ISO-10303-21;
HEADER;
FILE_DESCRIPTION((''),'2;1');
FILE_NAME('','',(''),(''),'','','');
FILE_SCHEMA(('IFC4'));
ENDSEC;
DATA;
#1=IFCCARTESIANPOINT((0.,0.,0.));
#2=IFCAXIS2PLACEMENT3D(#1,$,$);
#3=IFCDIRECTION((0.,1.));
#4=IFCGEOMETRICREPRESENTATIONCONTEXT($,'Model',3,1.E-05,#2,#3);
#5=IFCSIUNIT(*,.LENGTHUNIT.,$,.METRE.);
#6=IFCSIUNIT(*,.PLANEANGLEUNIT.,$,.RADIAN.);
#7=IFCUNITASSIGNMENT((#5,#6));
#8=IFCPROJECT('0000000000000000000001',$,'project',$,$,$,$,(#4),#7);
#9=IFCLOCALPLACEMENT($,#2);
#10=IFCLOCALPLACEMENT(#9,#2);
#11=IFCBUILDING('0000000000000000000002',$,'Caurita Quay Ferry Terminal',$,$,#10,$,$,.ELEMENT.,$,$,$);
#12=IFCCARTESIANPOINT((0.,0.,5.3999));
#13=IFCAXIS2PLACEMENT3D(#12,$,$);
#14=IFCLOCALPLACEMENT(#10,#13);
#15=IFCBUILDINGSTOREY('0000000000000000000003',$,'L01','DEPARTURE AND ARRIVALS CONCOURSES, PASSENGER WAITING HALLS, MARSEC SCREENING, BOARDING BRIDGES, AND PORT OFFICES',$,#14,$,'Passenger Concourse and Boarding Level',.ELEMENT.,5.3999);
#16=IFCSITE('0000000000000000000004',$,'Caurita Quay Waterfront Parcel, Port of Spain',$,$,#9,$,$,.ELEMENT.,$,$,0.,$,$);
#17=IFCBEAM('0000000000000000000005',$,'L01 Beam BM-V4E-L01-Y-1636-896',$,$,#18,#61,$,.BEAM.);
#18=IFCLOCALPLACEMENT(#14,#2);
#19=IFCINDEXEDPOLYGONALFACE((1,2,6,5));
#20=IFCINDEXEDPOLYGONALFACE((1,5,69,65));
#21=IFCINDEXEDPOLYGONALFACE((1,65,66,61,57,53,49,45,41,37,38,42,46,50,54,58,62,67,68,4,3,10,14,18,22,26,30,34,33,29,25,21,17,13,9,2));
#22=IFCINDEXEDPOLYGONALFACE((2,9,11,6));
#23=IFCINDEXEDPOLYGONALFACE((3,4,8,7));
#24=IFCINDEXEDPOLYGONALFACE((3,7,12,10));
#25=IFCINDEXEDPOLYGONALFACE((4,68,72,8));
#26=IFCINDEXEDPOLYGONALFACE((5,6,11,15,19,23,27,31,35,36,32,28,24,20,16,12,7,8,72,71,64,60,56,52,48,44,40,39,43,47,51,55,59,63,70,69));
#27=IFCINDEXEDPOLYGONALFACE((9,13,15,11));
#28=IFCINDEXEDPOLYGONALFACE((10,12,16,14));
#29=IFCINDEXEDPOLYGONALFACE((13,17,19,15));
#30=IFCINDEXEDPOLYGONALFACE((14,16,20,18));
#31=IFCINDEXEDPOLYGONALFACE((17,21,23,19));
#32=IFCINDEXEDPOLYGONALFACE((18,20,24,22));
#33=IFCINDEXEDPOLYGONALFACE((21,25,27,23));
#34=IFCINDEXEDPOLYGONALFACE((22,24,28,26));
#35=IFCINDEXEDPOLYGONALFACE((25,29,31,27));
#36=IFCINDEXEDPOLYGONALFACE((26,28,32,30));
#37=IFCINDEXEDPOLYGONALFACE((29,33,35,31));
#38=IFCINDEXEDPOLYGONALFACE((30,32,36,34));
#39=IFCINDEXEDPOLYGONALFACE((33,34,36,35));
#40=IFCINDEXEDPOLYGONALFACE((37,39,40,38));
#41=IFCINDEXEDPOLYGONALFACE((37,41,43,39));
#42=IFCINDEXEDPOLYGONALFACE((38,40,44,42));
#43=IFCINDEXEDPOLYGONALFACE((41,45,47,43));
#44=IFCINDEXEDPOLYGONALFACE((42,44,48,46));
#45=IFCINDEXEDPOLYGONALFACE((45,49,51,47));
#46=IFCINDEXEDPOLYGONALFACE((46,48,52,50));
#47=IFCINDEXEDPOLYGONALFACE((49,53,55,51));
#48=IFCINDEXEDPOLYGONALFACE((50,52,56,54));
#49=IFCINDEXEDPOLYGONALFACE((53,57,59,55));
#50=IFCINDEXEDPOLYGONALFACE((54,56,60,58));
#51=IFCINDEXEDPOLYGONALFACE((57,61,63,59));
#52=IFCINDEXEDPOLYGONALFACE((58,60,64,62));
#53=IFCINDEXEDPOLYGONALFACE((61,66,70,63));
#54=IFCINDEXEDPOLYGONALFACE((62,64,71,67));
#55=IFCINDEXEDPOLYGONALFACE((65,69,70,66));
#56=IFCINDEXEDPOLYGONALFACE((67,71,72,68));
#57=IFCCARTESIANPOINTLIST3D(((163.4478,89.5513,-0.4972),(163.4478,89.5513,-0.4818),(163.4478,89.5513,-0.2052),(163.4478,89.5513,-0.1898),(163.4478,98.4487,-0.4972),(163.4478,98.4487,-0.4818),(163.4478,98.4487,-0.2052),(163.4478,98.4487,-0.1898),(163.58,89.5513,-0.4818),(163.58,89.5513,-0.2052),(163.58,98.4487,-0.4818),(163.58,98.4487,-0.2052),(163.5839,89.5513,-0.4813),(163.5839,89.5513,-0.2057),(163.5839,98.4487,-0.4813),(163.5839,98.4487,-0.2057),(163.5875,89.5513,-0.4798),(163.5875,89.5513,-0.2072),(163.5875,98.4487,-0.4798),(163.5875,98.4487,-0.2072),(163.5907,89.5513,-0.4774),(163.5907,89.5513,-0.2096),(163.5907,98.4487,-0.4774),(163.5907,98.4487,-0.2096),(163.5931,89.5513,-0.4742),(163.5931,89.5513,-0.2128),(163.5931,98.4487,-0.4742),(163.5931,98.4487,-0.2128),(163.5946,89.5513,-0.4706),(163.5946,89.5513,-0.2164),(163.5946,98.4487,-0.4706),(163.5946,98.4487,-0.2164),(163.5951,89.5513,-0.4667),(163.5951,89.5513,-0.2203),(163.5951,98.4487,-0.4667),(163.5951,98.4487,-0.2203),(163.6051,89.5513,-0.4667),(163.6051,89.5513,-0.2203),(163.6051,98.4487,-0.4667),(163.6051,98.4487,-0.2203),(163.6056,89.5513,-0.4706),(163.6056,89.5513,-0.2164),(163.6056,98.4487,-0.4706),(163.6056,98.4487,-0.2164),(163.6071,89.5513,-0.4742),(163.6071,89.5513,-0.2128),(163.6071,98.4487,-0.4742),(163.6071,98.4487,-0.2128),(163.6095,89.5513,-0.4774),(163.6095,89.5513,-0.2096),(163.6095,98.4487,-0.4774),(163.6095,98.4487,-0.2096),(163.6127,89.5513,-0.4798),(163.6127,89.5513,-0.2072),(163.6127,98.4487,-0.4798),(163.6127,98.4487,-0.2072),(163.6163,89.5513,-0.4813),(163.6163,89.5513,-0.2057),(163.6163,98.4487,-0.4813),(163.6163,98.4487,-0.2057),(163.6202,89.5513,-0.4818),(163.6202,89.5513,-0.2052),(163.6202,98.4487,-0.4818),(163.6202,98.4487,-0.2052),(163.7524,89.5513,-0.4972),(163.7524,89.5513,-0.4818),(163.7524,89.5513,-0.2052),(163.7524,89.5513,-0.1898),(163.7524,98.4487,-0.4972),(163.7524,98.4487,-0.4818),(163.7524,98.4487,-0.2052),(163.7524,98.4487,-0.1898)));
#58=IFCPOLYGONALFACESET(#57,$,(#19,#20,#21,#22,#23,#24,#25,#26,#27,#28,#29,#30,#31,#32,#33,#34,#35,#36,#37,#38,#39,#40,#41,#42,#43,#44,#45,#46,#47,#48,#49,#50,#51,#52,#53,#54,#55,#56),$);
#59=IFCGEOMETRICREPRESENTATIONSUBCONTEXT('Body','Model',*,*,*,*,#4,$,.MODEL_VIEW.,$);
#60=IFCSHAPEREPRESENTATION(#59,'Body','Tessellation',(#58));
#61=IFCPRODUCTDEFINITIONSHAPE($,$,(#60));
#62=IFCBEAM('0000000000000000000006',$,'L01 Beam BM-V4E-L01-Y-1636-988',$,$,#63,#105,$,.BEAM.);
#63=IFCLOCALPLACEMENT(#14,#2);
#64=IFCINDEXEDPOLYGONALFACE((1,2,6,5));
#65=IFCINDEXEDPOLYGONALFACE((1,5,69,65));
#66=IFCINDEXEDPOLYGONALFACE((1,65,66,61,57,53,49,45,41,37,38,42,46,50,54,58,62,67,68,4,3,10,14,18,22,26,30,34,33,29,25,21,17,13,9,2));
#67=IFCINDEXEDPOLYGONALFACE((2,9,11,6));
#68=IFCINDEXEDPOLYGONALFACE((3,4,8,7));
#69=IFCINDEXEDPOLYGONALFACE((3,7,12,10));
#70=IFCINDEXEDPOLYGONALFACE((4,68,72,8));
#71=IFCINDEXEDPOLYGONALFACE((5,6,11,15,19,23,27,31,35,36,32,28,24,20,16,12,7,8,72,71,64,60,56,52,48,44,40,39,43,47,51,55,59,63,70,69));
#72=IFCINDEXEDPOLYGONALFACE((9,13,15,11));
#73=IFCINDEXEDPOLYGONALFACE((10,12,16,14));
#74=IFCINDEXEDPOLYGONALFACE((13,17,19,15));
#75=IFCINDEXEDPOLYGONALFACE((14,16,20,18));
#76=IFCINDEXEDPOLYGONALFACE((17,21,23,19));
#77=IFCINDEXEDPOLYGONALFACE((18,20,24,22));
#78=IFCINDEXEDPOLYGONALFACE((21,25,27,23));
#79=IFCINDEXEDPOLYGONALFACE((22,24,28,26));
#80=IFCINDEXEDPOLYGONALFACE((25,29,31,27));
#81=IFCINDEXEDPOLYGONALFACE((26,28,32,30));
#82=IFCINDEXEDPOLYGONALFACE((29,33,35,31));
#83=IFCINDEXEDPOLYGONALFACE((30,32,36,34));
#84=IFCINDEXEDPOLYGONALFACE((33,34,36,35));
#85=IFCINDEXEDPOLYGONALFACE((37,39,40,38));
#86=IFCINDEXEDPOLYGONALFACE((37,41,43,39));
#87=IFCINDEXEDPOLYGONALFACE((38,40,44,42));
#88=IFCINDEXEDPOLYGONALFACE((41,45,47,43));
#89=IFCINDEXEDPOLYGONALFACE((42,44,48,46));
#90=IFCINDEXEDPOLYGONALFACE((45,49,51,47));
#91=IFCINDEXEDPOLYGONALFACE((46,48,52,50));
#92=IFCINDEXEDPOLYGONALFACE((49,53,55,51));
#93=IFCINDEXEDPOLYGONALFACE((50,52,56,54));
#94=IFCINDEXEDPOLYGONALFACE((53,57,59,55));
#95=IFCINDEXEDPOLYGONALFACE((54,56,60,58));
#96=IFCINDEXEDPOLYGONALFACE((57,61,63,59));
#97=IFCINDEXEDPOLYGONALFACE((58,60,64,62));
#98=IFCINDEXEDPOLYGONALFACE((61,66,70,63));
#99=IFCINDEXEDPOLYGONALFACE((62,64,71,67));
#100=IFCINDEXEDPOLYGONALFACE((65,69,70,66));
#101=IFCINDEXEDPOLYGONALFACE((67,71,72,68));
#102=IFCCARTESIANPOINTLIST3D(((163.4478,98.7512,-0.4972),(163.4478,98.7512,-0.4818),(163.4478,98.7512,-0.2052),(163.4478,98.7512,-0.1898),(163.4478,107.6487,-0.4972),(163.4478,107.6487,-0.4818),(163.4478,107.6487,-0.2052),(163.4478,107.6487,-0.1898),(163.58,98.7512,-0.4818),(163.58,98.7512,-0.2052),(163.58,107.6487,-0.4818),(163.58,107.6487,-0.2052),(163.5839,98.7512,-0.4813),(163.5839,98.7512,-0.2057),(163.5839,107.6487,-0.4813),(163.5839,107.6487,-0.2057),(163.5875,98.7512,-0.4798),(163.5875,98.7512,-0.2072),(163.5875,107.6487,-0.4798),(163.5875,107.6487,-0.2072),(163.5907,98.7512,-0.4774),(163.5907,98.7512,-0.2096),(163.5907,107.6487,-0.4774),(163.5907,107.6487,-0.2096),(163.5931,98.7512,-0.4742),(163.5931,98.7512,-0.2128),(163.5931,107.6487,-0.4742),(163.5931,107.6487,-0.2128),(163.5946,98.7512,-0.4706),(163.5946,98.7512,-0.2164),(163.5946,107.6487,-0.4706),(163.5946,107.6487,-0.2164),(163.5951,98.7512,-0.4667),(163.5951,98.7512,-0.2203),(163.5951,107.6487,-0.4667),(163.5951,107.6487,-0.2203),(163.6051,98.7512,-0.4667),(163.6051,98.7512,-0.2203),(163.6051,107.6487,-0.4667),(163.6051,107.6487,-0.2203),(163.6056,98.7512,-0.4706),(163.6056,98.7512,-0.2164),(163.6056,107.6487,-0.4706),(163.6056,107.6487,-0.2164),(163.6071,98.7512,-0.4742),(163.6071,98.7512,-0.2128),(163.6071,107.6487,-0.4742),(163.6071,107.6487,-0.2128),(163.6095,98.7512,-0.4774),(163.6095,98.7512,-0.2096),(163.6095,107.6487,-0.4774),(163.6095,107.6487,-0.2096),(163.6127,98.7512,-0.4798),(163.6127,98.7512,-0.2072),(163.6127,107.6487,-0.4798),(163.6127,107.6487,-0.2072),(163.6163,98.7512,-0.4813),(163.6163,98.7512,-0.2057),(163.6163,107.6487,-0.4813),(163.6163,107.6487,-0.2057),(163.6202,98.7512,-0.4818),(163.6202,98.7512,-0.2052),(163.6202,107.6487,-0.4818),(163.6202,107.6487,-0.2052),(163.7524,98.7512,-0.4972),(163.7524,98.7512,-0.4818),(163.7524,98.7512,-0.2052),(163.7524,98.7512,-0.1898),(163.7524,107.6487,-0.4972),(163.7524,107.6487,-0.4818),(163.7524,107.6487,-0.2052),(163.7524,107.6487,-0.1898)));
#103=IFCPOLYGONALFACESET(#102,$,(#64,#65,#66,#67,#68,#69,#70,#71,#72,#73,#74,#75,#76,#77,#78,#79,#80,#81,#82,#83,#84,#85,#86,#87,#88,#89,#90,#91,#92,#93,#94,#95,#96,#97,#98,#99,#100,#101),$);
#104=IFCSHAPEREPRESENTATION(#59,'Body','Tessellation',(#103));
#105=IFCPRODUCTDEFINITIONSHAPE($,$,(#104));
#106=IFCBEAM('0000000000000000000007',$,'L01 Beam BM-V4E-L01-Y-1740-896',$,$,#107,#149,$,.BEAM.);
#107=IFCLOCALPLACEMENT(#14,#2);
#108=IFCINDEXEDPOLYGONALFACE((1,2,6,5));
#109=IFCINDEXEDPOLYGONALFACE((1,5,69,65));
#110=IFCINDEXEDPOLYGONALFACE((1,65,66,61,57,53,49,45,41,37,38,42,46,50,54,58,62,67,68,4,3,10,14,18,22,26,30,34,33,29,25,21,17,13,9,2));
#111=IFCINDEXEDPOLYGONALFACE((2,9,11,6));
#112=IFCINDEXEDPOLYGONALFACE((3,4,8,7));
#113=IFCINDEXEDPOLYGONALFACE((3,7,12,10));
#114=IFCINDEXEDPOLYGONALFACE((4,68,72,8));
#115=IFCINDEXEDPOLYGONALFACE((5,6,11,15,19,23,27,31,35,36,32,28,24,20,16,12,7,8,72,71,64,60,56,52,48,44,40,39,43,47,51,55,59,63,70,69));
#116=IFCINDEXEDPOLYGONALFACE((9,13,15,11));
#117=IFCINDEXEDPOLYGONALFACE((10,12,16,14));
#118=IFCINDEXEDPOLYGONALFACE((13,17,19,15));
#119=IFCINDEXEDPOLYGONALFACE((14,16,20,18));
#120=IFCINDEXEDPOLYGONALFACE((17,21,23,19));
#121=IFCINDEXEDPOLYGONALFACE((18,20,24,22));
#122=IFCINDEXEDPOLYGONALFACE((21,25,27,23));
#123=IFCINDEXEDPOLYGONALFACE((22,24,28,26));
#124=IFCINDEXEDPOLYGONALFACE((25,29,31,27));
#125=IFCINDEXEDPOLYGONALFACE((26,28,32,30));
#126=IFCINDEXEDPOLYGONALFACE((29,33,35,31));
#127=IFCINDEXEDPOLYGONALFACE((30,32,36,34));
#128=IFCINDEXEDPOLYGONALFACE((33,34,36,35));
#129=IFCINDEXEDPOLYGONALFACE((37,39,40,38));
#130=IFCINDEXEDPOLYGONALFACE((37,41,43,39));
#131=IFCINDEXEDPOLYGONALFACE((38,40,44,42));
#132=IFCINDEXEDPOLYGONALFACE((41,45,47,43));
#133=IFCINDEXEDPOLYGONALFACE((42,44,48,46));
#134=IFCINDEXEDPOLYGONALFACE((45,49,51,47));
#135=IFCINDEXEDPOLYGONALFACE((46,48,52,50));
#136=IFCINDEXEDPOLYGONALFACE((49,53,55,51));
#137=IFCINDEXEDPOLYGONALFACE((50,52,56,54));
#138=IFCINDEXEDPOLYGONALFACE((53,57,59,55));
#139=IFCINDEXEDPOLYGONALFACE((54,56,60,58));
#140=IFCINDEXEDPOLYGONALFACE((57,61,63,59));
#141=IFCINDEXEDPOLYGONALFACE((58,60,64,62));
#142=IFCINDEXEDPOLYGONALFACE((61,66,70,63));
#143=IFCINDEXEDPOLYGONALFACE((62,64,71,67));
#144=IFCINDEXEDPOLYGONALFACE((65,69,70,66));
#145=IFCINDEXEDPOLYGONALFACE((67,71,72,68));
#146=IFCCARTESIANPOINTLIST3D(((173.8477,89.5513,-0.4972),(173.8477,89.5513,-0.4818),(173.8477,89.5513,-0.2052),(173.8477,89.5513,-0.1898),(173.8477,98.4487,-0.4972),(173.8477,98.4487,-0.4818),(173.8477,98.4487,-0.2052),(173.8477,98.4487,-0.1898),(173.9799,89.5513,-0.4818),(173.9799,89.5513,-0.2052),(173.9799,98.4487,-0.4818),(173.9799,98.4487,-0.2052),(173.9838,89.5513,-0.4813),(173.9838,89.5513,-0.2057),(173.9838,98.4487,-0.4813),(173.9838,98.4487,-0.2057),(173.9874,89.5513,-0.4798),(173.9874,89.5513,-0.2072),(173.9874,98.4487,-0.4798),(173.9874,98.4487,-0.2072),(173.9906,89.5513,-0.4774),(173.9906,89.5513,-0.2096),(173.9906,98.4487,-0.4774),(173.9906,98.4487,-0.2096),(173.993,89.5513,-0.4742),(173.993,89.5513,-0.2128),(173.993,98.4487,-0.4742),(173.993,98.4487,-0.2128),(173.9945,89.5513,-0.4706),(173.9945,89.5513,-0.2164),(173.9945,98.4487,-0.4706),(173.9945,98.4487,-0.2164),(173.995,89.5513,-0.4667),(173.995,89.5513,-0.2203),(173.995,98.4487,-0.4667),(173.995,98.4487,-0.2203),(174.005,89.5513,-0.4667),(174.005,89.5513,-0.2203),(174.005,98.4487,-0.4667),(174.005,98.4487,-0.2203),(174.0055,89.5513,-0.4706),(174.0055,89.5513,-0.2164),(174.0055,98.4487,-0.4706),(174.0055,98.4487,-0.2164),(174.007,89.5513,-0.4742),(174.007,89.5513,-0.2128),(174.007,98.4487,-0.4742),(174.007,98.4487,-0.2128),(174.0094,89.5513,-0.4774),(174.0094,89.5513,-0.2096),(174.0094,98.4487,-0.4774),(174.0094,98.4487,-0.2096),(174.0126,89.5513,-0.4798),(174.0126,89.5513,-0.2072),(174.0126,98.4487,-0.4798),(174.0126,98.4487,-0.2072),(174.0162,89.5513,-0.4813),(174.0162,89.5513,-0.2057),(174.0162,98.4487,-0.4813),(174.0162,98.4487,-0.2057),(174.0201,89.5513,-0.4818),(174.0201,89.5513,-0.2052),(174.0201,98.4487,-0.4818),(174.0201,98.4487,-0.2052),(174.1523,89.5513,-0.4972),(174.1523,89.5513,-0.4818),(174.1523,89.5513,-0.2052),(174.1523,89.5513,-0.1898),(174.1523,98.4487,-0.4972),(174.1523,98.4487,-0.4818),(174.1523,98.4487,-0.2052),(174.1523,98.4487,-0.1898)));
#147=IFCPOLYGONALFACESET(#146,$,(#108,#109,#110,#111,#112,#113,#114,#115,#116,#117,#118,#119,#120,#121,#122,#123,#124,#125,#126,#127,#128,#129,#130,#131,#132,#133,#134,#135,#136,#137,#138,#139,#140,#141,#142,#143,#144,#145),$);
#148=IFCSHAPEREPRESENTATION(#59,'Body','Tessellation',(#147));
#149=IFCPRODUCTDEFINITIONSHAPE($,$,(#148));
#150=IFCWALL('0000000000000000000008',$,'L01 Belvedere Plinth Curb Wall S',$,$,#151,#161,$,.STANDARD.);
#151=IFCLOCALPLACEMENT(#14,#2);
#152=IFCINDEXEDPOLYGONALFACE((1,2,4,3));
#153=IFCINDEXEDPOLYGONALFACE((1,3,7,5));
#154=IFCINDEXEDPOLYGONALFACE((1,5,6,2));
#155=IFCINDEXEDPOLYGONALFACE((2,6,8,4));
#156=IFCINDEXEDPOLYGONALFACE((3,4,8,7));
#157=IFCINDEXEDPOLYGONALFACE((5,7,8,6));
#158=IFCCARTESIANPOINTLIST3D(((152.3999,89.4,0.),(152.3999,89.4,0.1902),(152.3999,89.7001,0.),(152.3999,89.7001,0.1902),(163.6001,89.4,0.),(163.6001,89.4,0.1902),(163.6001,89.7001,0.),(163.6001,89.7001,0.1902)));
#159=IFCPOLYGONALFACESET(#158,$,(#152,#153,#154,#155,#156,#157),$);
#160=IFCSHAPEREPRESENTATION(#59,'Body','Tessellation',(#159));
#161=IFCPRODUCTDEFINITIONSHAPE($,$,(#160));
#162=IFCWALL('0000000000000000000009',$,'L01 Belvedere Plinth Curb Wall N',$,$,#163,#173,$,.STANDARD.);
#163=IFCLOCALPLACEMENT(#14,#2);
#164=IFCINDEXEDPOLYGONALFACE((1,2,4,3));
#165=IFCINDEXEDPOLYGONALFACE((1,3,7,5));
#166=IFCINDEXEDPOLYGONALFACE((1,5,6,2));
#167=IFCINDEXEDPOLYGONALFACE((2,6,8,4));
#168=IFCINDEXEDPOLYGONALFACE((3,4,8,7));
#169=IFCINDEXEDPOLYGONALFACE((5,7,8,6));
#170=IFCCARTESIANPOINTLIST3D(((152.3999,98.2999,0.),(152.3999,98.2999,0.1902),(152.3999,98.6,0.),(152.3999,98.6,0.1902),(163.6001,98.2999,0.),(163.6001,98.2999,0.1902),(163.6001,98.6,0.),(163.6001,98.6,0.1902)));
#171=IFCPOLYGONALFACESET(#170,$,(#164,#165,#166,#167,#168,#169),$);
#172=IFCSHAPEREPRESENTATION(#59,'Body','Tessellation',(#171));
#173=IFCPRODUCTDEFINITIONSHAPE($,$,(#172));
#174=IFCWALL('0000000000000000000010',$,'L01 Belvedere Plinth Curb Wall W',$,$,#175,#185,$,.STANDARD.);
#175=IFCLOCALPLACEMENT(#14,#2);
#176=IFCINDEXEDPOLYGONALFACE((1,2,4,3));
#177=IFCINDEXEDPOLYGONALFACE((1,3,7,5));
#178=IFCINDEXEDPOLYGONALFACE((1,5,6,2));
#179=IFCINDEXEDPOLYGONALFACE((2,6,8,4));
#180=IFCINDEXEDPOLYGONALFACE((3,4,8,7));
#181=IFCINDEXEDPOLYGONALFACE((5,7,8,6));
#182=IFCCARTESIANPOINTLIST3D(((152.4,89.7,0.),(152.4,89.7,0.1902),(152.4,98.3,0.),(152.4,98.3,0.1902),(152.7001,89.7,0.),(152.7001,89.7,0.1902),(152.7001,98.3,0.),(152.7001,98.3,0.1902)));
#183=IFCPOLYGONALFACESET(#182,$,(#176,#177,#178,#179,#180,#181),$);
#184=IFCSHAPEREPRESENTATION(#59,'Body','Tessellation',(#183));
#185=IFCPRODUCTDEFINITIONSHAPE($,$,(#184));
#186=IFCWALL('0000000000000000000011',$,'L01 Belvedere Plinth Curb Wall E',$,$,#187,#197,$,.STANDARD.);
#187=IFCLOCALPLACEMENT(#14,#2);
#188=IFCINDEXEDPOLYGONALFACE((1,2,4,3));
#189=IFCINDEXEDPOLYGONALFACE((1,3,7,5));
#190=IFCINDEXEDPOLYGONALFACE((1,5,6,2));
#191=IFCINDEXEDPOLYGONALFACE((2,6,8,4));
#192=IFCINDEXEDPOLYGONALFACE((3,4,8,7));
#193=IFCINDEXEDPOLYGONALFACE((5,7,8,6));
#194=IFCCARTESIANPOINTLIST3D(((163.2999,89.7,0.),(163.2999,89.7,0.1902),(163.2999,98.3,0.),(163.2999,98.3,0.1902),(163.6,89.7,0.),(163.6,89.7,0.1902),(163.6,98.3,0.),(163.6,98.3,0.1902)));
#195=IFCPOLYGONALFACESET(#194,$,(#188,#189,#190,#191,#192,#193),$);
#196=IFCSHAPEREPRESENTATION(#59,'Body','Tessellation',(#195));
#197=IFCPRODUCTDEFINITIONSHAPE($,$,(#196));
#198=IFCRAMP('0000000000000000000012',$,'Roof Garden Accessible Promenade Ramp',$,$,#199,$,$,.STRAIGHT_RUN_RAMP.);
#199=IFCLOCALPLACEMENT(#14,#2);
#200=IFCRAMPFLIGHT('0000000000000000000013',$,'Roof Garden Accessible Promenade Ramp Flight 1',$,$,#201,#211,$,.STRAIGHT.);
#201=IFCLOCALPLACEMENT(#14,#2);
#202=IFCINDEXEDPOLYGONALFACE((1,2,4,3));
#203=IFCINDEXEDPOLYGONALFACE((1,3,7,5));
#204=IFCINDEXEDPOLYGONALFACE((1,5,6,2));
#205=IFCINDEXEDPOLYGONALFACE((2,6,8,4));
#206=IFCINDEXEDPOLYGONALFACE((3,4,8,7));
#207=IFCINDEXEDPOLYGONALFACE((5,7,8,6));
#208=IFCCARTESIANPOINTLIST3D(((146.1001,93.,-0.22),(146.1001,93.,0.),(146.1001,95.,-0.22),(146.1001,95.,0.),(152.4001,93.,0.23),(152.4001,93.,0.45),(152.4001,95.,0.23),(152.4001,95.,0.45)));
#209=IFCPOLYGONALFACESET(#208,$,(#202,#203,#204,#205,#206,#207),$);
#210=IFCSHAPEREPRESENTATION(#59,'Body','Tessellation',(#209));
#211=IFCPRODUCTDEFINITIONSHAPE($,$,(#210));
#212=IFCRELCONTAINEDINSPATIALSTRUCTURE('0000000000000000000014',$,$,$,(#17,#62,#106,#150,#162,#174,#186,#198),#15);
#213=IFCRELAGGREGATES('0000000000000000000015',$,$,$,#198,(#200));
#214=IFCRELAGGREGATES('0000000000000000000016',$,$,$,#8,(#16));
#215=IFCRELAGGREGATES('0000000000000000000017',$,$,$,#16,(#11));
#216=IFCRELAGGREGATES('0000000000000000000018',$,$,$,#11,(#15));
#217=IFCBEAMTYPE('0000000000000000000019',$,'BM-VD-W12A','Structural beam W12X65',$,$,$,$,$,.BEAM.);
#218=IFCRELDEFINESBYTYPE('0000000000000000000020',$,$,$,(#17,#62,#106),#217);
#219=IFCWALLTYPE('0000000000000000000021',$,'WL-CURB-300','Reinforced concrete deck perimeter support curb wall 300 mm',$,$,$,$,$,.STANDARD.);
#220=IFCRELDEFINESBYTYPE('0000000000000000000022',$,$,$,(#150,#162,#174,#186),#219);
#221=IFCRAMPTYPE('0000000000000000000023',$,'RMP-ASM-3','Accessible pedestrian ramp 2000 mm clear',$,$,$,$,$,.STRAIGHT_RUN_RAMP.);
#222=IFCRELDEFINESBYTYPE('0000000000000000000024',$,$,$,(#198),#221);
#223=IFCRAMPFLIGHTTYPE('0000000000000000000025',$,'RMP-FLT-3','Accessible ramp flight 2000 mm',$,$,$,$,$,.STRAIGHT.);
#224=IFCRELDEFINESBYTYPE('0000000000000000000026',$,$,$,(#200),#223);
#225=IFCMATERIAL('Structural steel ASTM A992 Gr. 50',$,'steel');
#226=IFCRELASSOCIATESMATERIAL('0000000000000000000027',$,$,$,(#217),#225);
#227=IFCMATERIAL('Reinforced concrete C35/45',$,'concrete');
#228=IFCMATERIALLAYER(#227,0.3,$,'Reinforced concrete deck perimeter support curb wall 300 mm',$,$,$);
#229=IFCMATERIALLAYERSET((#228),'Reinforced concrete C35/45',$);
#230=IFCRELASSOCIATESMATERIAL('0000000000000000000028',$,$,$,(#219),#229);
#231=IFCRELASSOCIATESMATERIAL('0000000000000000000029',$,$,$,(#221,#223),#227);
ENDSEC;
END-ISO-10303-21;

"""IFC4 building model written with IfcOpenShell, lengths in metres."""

from ifc_helpers import new_model, si_unit, direction, frame, frame_2d, origin, origin_2d, place, context, subcontext, project, spatial, polyline, rectangle, i_section, outline, extrude, material, layer, layer_set, material_profile, profile_set, type_object, element, aggregate, save


model = new_model("IFC4")

# Units and contexts
model_context = context("Model", 3, precision=1e-05, world=origin(), true_north=direction((0.0, 1.0)))
body_context = subcontext(model_context, "Body", "Model", "MODEL_VIEW")
ifc_project = project(units=[si_unit("LENGTHUNIT", "METRE"), si_unit("PLANEANGLEUNIT", "RADIAN")], contexts=[model_context])

# Site, building, storey
site_placement = place(None, origin())
site = spatial("IfcSite", under=ifc_project, at=site_placement, Name="Caurita Quay Waterfront Parcel, Port of Spain", CompositionType="ELEMENT", RefElevation=0.0)
building_placement = place(site_placement, origin())
building = spatial("IfcBuilding", under=site, at=building_placement, Name="Caurita Quay Ferry Terminal", CompositionType="ELEMENT")
storey_placement = place(building_placement, frame((0.0, 0.0, 5.3999)))
storey = spatial("IfcBuildingStorey", under=building, at=storey_placement, Name="L01", Description="DEPARTURE AND ARRIVALS CONCOURSES, PASSENGER WAITING HALLS, MARSEC SCREENING, BOARDING BRIDGES, AND PORT OFFICES", LongName="Passenger Concourse and Boarding Level", CompositionType="ELEMENT", Elevation=5.3999)

# Beams
ifc_material_1 = material(Name="Structural steel ASTM A992 Gr. 50", Category="steel")
ifc_material_profile_1 = material_profile(ifc_material_1, i_section(OverallWidth=0.3047, OverallDepth=0.3074, WebThickness=0.01, FlangeThickness=0.0154, FilletRadius=0.0151, at=origin_2d()), Name="W12X65")
ifc_profile_set_1 = profile_set([ifc_material_profile_1], Name="Structural steel ASTM A992 Gr. 50")
beam_type_1 = type_object("IfcBeamType", Name="BM-VD-W12A", Description="Structural beam W12X65", PredefinedType="BEAM", material=ifc_profile_set_1)
for number, where, z_axis, x_axis, name in (
    (1, (163.6001, 89.5513, -0.3435), (0.0, 1.0, 0.0), (-1.0, 0.0, 0.0), "L01 Beam BM-V4E-L01-Y-1636-896"),
    (2, (163.6001, 98.7512, -0.3435), (0.0, 1.0, 0.0), (-1.0, 0.0, 0.0), "L01 Beam BM-V4E-L01-Y-1636-988"),
    (3, (174.0, 89.5513, -0.3435), (0.0, 1.0, 0.0), (-1.0, 0.0, 0.0), "L01 Beam BM-V4E-L01-Y-1740-896"),
):
    element("IfcBeam", number, at=place(storey_placement, frame(where, z_axis=z_axis, x_axis=x_axis)), inside=storey, type_object=beam_type_1, Name=name, PredefinedType="BEAM", context=body_context, shape_type="SweptSolid", body=[
        extrude(i_section(OverallWidth=0.3047, OverallDepth=0.3074, WebThickness=0.01, FlangeThickness=0.0154, FilletRadius=0.0151, at=origin_2d()), origin(), (0.0, 0.0, 1.0), 8.8975),
    ])

# Walls
ifc_material_2 = material(Name="Reinforced concrete C35/45", Category="concrete")
ifc_layer = layer(ifc_material_2, 0.3, Name="Reinforced concrete deck perimeter support curb wall 300 mm")
ifc_layer_set = layer_set([ifc_layer], Name="Reinforced concrete C35/45")
wall_type = type_object("IfcWallType", Name="WL-CURB-300", Description="Reinforced concrete deck perimeter support curb wall 300 mm", PredefinedType="STANDARD", material=ifc_layer_set)
for number, where, z_axis, x_axis, name in (
    (4, (152.3999, 89.55, 0.0), (0.0, 0.0, 1.0), (1.0, 0.0, 0.0), "L01 Belvedere Plinth Curb Wall S"),
    (5, (163.6001, 98.45, 0.0), (0.0, 0.0, 1.0), (-1.0, 0.0, 0.0), "L01 Belvedere Plinth Curb Wall N"),
):
    element("IfcWall", number, at=place(storey_placement, frame(where, z_axis=z_axis, x_axis=x_axis)), inside=storey, type_object=wall_type, Name=name, PredefinedType="STANDARD", context=body_context, shape_type="SweptSolid", body=[
        extrude(rectangle(XDim=11.2002, YDim=0.3, at=frame_2d((5.6001, 0.0))), origin(), (0.0, 0.0, 1.0), 0.1902),
    ])
for number, where, z_axis, x_axis, name in (
    (6, (152.55, 98.3, 0.0), (0.0, 0.0, 1.0), (0.0, -1.0, 0.0), "L01 Belvedere Plinth Curb Wall W"),
    (7, (163.45, 89.7, 0.0), (0.0, 0.0, 1.0), (0.0, 1.0, 0.0), "L01 Belvedere Plinth Curb Wall E"),
):
    element("IfcWall", number, at=place(storey_placement, frame(where, z_axis=z_axis, x_axis=x_axis)), inside=storey, type_object=wall_type, Name=name, PredefinedType="STANDARD", context=body_context, shape_type="SweptSolid", body=[
        extrude(rectangle(XDim=8.6001, YDim=0.3, at=frame_2d((4.3, 0.0))), origin(), (0.0, 0.0, 1.0), 0.1902),
    ])

# Ramp, ramp flight
ramp_type = type_object("IfcRampType", Name="RMP-ASM-3", Description="Accessible pedestrian ramp 2000 mm clear", PredefinedType="STRAIGHT_RUN_RAMP", material=ifc_material_2)
ramp_placement = place(storey_placement, origin())
ramp = element("IfcRamp", 8, at=ramp_placement, inside=storey, type_object=ramp_type, Name="Roof Garden Accessible Promenade Ramp", PredefinedType="STRAIGHT_RUN_RAMP")
ramp_flight_type = type_object("IfcRampFlightType", Name="RMP-FLT-3", Description="Accessible ramp flight 2000 mm", PredefinedType="STRAIGHT", material=ifc_material_2)
ramp_flight_placement = place(storey_placement, frame((146.1001, 94.0, 0.0), z_axis=(0.0, 0.0, 1.0), x_axis=(1.0, 0.0, 0.0)))
ramp_flight = element("IfcRampFlight", 9, at=ramp_flight_placement, type_object=ramp_flight_type, Name="Roof Garden Accessible Promenade Ramp Flight 1", PredefinedType="STRAIGHT", context=body_context, shape_type="SweptSolid", body=[
    extrude(outline(polyline([(0.0, 0.0), (0.0, -0.22), (6.3, 0.23), (6.3, 0.45), (0.0, 0.0)])), frame((0.0, 1.0, 0.0), z_axis=(0.0, -1.0, 0.0), x_axis=(1.0, 0.0, 0.0)), (0.0, 0.0, 1.0), 2.0),
])
aggregate(ramp, [ramp_flight])

save(model, "model.ifc")
